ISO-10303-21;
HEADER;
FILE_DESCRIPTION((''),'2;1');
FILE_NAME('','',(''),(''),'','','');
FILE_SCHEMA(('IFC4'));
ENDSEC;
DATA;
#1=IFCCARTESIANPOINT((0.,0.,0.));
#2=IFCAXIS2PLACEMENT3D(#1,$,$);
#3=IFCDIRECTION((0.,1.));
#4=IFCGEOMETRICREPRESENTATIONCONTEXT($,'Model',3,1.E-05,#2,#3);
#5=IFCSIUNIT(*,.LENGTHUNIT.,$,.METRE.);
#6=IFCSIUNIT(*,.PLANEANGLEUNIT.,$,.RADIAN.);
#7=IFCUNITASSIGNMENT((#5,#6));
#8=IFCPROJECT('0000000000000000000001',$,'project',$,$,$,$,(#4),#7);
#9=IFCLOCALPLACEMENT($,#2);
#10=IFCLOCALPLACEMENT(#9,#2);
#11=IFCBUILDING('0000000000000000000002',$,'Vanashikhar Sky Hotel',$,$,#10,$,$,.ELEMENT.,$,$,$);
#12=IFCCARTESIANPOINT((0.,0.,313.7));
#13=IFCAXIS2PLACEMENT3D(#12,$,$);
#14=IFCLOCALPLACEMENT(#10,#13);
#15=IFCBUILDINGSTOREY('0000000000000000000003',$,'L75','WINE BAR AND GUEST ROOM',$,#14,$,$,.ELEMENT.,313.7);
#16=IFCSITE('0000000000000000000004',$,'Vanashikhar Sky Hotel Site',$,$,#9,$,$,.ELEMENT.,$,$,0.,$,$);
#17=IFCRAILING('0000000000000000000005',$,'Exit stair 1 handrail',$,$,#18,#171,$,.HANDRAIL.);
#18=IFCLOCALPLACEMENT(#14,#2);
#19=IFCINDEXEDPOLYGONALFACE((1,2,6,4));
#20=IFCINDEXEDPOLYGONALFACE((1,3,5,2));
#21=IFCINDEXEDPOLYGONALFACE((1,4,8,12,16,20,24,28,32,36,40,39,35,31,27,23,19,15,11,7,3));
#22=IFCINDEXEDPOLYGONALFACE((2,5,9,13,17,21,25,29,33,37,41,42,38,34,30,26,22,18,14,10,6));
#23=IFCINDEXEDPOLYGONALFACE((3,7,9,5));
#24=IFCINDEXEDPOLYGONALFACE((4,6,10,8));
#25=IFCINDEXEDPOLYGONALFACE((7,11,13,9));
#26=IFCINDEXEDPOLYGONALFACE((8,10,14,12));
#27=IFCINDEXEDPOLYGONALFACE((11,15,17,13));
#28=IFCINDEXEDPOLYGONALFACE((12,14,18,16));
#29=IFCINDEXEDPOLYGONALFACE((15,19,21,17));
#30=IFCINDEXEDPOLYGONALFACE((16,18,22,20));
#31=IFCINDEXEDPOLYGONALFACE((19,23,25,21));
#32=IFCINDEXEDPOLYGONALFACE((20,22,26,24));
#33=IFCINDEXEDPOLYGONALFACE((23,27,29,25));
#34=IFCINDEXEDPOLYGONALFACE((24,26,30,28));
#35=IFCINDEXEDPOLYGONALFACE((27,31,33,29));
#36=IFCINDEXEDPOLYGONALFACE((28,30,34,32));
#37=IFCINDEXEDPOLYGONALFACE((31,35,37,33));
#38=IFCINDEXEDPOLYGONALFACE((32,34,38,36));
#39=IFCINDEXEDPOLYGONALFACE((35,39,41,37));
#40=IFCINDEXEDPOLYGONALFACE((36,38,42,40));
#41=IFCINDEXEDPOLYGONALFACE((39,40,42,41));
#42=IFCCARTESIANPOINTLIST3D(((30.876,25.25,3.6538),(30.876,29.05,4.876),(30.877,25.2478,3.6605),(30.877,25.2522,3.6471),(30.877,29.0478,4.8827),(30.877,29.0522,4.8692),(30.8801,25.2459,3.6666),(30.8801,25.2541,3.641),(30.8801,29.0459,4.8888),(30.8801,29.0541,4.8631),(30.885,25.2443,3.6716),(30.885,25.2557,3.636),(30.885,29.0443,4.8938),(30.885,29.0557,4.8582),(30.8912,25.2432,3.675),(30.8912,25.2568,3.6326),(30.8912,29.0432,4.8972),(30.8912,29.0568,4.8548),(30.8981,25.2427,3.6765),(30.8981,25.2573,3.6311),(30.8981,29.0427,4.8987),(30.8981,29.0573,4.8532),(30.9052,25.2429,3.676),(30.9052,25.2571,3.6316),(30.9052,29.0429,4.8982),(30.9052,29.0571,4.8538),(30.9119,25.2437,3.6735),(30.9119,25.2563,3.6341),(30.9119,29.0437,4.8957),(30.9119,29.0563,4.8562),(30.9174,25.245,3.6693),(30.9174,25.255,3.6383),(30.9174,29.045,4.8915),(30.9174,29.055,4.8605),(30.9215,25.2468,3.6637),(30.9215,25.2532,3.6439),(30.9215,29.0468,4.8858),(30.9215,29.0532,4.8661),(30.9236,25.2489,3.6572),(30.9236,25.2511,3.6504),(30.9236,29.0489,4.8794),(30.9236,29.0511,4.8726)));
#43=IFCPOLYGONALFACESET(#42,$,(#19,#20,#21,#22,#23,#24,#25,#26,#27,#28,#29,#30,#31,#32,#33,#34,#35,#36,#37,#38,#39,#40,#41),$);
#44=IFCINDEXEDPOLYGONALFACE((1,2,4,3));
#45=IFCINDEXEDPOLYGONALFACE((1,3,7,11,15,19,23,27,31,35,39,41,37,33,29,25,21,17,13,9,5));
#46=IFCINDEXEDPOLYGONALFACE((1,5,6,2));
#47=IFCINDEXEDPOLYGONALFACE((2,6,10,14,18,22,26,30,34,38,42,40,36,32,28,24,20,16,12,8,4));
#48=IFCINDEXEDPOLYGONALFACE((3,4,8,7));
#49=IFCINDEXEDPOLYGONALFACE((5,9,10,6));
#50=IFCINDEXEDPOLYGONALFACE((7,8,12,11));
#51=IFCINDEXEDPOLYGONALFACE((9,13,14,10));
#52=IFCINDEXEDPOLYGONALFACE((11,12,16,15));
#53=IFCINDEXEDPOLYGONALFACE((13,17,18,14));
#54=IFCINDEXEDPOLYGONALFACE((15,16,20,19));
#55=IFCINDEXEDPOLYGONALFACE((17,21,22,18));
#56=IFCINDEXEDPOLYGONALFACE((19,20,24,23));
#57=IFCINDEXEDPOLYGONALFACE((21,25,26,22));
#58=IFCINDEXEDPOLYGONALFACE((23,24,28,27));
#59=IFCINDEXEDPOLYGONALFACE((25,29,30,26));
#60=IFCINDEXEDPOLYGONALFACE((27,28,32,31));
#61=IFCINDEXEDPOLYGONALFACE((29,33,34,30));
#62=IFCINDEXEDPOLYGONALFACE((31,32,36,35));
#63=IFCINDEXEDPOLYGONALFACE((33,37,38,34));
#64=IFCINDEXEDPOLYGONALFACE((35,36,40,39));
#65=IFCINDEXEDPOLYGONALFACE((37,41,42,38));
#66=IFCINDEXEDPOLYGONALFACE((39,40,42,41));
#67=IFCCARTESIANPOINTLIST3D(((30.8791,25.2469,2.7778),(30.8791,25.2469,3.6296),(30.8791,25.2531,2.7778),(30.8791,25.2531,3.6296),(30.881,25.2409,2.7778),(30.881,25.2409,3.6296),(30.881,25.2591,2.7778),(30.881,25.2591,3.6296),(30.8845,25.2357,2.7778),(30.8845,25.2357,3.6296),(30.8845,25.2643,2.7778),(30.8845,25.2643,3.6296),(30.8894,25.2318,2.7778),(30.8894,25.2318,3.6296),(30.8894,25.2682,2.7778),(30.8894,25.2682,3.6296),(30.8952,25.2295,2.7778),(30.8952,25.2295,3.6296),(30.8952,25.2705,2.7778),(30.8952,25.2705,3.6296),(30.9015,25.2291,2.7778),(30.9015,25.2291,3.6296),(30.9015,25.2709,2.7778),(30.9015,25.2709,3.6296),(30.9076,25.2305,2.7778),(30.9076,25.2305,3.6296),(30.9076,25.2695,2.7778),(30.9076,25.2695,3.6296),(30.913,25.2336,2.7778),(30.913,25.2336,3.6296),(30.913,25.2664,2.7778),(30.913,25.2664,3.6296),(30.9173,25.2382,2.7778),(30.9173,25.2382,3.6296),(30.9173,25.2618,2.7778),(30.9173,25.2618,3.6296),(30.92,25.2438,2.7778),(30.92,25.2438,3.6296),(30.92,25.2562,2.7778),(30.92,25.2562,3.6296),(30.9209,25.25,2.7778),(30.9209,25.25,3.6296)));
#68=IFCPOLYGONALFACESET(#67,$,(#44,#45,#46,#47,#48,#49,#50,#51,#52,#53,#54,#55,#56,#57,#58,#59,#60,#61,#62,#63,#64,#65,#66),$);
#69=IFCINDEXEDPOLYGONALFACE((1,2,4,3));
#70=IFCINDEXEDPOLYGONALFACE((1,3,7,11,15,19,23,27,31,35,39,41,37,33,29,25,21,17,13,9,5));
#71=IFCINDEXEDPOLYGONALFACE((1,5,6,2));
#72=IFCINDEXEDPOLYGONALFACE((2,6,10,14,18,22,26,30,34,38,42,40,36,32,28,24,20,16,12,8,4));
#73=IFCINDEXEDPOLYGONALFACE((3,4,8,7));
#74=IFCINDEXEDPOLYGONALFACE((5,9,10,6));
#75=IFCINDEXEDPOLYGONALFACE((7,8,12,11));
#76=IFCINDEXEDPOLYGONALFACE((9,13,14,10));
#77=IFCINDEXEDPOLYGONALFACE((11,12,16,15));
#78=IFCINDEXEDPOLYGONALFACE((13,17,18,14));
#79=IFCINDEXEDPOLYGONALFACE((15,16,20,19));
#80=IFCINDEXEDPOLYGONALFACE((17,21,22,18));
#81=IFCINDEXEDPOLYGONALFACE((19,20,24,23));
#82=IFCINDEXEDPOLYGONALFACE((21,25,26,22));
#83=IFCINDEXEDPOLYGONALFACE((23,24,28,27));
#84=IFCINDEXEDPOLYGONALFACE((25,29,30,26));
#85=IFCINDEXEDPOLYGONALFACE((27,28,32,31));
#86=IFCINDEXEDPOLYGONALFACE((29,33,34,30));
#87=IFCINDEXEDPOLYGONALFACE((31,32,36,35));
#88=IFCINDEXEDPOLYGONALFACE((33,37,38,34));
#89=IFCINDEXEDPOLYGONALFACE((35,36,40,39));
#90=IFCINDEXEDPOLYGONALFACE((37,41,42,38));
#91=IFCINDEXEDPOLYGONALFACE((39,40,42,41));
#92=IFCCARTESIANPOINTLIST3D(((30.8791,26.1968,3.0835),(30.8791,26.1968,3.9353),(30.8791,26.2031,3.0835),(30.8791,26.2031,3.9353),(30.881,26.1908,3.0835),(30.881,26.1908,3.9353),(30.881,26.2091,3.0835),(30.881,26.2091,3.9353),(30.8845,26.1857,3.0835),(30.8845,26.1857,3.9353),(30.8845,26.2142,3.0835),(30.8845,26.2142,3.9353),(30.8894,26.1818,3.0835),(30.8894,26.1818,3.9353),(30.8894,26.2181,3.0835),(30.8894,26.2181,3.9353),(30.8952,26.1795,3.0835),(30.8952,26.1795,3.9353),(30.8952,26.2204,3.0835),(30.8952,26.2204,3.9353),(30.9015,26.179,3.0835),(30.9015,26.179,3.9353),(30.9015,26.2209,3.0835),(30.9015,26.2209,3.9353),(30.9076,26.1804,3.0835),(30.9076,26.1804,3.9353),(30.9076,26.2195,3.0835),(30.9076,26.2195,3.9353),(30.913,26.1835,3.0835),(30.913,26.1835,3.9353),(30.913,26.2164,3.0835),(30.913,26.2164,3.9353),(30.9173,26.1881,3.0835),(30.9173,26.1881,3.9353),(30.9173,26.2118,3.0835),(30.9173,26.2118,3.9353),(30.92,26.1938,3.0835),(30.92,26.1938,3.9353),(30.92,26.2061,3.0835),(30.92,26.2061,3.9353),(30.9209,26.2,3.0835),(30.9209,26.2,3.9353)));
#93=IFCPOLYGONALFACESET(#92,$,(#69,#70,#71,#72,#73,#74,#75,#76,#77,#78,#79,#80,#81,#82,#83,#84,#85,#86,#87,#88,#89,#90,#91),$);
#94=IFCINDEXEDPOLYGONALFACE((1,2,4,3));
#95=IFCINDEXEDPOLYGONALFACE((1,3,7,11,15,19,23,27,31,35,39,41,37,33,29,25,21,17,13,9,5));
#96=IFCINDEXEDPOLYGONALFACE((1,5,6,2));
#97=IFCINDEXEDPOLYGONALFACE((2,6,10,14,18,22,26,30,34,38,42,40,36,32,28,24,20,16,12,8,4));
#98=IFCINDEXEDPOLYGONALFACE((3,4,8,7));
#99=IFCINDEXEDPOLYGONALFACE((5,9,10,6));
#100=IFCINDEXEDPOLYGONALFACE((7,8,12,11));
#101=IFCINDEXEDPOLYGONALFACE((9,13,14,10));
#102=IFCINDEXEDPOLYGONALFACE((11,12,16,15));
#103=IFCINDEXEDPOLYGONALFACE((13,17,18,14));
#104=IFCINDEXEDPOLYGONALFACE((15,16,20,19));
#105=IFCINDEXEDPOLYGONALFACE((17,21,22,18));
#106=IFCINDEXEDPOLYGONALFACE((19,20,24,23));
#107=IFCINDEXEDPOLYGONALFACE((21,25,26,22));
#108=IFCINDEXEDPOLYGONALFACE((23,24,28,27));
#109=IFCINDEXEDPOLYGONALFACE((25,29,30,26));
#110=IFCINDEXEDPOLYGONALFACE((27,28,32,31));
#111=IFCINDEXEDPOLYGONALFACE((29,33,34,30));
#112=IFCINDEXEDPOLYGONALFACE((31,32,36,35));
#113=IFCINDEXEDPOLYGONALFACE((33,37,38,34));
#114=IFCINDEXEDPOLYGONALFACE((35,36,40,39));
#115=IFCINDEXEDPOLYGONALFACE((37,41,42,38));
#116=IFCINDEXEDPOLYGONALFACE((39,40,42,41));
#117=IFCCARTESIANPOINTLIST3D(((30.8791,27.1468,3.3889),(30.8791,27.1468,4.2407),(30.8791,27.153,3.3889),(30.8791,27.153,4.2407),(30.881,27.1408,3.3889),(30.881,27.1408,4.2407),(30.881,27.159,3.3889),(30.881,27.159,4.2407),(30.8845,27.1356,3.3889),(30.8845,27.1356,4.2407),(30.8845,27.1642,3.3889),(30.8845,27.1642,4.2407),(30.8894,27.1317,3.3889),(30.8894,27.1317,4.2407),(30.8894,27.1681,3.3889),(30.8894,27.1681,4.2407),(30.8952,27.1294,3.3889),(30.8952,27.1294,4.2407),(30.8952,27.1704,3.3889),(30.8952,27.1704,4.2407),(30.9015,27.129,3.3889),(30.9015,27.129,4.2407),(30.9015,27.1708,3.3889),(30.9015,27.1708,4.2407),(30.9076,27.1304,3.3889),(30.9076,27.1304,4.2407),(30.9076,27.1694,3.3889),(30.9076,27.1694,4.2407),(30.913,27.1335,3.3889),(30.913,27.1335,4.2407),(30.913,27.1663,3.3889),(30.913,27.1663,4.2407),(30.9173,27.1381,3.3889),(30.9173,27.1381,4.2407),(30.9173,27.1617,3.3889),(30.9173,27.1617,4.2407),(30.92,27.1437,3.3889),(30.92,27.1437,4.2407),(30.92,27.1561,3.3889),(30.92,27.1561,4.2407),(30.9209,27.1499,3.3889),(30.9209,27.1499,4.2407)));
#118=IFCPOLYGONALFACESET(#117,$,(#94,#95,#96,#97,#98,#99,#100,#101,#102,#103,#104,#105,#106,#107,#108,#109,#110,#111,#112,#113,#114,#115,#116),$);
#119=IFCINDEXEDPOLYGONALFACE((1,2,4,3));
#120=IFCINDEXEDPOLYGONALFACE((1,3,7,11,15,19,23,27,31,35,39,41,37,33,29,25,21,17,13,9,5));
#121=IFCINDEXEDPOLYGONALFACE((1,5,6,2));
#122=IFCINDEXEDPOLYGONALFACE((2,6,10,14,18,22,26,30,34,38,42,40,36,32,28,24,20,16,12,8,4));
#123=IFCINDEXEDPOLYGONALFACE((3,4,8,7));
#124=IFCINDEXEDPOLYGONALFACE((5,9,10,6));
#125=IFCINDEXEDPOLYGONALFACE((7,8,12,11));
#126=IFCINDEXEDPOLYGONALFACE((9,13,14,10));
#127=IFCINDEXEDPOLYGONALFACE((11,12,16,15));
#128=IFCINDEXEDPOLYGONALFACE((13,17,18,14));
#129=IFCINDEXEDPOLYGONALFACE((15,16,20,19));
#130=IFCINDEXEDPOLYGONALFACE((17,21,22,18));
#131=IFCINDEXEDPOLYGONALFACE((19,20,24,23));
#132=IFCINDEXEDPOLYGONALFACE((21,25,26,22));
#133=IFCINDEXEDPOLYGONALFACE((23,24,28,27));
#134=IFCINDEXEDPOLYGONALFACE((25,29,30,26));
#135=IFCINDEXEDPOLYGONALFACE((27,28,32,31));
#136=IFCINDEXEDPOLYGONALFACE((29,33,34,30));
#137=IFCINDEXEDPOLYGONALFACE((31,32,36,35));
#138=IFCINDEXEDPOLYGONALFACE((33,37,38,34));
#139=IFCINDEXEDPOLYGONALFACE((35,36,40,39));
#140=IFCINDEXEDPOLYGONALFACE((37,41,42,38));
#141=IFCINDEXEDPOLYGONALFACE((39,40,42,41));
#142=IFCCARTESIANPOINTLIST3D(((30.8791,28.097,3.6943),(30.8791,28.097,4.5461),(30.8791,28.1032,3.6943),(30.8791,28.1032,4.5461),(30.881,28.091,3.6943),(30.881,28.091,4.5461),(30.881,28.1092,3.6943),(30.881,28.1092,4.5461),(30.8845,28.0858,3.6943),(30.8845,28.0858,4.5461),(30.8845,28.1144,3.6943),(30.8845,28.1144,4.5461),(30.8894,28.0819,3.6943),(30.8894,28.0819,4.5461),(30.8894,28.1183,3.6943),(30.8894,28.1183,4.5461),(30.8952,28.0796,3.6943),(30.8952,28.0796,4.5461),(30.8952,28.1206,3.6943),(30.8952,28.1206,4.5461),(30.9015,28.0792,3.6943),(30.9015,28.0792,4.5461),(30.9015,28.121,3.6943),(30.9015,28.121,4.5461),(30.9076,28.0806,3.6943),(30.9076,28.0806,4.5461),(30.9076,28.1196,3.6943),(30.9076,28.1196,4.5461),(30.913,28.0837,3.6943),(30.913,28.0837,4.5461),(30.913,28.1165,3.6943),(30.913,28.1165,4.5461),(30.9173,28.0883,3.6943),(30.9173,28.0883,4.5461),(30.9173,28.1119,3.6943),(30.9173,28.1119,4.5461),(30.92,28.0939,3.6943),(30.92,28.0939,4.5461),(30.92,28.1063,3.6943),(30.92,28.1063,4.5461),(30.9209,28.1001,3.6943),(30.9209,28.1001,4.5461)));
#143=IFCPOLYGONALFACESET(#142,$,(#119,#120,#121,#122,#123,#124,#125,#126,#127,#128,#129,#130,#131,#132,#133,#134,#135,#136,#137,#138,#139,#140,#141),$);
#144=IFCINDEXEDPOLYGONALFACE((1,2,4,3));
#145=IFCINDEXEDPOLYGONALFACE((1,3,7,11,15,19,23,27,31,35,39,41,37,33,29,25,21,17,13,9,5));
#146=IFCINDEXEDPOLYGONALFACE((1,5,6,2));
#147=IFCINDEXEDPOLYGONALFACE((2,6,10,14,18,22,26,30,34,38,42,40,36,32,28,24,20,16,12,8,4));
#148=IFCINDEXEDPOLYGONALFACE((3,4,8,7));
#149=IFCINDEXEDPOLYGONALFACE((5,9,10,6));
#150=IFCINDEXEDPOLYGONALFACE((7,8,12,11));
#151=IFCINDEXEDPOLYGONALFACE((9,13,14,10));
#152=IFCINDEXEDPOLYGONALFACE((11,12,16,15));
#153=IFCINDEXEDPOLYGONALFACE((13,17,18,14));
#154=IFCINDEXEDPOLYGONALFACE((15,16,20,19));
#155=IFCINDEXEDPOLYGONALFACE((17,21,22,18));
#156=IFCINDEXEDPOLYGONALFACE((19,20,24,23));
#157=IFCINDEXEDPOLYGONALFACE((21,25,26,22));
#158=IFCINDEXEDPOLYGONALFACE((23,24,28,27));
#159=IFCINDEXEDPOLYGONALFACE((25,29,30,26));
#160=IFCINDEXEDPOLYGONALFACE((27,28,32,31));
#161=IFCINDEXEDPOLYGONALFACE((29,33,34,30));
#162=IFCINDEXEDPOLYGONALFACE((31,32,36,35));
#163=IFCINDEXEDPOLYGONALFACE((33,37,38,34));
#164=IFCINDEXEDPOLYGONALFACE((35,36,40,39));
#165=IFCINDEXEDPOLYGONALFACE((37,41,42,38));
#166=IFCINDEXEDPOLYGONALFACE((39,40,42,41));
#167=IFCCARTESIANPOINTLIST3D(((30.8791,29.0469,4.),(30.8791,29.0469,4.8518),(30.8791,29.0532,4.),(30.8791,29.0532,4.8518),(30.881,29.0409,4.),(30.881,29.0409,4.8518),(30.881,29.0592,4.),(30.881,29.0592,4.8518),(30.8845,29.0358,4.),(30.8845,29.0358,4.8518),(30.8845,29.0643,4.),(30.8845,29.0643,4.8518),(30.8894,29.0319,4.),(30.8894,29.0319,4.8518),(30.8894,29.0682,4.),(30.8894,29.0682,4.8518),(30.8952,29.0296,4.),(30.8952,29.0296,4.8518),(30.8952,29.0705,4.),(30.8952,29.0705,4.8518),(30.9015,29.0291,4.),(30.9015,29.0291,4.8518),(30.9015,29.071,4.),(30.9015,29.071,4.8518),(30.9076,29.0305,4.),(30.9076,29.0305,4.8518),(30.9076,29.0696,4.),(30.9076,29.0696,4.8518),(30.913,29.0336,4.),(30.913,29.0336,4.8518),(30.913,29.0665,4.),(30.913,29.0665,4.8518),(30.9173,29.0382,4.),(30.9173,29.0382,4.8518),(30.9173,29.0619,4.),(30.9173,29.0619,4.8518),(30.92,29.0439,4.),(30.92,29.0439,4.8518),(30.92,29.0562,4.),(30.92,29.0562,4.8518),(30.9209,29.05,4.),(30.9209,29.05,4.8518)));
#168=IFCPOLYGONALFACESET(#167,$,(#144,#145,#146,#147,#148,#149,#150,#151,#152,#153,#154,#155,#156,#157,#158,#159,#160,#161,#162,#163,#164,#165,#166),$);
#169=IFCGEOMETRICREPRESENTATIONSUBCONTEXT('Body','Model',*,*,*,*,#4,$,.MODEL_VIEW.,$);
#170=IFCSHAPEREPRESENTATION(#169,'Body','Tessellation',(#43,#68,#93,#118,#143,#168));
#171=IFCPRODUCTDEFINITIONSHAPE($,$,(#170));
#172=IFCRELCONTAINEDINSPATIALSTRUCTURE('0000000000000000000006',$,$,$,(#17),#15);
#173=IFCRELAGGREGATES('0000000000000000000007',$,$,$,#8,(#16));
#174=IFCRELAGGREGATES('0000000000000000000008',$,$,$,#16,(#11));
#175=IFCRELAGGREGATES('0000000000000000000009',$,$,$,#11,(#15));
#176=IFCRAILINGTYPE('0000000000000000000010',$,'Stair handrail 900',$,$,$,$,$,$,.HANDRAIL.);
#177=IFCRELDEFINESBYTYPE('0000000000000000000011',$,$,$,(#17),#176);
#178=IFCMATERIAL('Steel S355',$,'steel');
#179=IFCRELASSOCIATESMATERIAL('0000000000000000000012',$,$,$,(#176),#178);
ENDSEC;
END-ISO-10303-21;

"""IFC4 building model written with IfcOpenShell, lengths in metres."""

from ifc_helpers import new_model, si_unit, direction, frame, origin, origin_2d, place, context, subcontext, project, spatial, circle, extrude, source, transform, mapped, material, type_object, element, save


model = new_model("IFC4")

# Units and contexts
model_context = context("Model", 3, precision=1e-05, world=origin(), true_north=direction((0.0, 1.0)))
body_context = subcontext(model_context, "Body", "Model", "MODEL_VIEW")
ifc_project = project(units=[si_unit("LENGTHUNIT", "METRE"), si_unit("PLANEANGLEUNIT", "RADIAN")], contexts=[model_context])

# Site, building, storey
site_placement = place(None, origin())
site = spatial("IfcSite", under=ifc_project, at=site_placement, Name="Vanashikhar Sky Hotel Site", CompositionType="ELEMENT", RefElevation=0.0)
building_placement = place(site_placement, origin())
building = spatial("IfcBuilding", under=site, at=building_placement, Name="Vanashikhar Sky Hotel", CompositionType="ELEMENT")
storey_placement = place(building_placement, frame((0.0, 0.0, 313.7)))
storey = spatial("IfcBuildingStorey", under=building, at=storey_placement, Name="L75", Description="WINE BAR AND GUEST ROOM", CompositionType="ELEMENT", Elevation=313.7)

# Railing
ifc_material_1 = material(Name="Steel S355", Category="steel")
railing_type_1 = type_object("IfcRailingType", Name="Stair handrail 900", PredefinedType="HANDRAIL", material=ifc_material_1)
shared_shape_1 = source(origin(), body_context, "Body", "SweptSolid", [
    extrude(circle(Radius=0.0239, at=origin_2d()), frame((0.0, 0.0, 0.876), z_axis=(0.0, 0.951976, 0.306173), x_axis=(-1.0, 0.0, 0.0)), (0.0, 0.0, 1.0), 3.9917),
    extrude(circle(Radius=0.021, at=origin_2d()), origin(), (0.0, 0.0, 1.0), 0.8518),
    extrude(circle(Radius=0.021, at=origin_2d()), frame((0.0, 0.95, 0.3057)), (0.0, 0.0, 1.0), 0.8518),
    extrude(circle(Radius=0.021, at=origin_2d()), frame((0.0, 1.8999, 0.6111)), (0.0, 0.0, 1.0), 0.8518),
    extrude(circle(Radius=0.021, at=origin_2d()), frame((0.0, 2.8501, 0.9165)), (0.0, 0.0, 1.0), 0.8518),
    extrude(circle(Radius=0.021, at=origin_2d()), frame((0.0, 3.8, 1.2222)), (0.0, 0.0, 1.0), 0.8518),
])
railing_placement = place(storey_placement, frame((30.8999, 25.25, 2.7778)))
element("IfcRailing", 1, at=railing_placement, inside=storey, type_object=railing_type_1, Name="Exit stair 1 handrail", PredefinedType="HANDRAIL", context=body_context, shape_type="MappedRepresentation", body=[
    mapped(shared_shape_1, transform((0.0, 0.0, 0.0), scale=1.0)),
])

save(model, "model.ifc")
